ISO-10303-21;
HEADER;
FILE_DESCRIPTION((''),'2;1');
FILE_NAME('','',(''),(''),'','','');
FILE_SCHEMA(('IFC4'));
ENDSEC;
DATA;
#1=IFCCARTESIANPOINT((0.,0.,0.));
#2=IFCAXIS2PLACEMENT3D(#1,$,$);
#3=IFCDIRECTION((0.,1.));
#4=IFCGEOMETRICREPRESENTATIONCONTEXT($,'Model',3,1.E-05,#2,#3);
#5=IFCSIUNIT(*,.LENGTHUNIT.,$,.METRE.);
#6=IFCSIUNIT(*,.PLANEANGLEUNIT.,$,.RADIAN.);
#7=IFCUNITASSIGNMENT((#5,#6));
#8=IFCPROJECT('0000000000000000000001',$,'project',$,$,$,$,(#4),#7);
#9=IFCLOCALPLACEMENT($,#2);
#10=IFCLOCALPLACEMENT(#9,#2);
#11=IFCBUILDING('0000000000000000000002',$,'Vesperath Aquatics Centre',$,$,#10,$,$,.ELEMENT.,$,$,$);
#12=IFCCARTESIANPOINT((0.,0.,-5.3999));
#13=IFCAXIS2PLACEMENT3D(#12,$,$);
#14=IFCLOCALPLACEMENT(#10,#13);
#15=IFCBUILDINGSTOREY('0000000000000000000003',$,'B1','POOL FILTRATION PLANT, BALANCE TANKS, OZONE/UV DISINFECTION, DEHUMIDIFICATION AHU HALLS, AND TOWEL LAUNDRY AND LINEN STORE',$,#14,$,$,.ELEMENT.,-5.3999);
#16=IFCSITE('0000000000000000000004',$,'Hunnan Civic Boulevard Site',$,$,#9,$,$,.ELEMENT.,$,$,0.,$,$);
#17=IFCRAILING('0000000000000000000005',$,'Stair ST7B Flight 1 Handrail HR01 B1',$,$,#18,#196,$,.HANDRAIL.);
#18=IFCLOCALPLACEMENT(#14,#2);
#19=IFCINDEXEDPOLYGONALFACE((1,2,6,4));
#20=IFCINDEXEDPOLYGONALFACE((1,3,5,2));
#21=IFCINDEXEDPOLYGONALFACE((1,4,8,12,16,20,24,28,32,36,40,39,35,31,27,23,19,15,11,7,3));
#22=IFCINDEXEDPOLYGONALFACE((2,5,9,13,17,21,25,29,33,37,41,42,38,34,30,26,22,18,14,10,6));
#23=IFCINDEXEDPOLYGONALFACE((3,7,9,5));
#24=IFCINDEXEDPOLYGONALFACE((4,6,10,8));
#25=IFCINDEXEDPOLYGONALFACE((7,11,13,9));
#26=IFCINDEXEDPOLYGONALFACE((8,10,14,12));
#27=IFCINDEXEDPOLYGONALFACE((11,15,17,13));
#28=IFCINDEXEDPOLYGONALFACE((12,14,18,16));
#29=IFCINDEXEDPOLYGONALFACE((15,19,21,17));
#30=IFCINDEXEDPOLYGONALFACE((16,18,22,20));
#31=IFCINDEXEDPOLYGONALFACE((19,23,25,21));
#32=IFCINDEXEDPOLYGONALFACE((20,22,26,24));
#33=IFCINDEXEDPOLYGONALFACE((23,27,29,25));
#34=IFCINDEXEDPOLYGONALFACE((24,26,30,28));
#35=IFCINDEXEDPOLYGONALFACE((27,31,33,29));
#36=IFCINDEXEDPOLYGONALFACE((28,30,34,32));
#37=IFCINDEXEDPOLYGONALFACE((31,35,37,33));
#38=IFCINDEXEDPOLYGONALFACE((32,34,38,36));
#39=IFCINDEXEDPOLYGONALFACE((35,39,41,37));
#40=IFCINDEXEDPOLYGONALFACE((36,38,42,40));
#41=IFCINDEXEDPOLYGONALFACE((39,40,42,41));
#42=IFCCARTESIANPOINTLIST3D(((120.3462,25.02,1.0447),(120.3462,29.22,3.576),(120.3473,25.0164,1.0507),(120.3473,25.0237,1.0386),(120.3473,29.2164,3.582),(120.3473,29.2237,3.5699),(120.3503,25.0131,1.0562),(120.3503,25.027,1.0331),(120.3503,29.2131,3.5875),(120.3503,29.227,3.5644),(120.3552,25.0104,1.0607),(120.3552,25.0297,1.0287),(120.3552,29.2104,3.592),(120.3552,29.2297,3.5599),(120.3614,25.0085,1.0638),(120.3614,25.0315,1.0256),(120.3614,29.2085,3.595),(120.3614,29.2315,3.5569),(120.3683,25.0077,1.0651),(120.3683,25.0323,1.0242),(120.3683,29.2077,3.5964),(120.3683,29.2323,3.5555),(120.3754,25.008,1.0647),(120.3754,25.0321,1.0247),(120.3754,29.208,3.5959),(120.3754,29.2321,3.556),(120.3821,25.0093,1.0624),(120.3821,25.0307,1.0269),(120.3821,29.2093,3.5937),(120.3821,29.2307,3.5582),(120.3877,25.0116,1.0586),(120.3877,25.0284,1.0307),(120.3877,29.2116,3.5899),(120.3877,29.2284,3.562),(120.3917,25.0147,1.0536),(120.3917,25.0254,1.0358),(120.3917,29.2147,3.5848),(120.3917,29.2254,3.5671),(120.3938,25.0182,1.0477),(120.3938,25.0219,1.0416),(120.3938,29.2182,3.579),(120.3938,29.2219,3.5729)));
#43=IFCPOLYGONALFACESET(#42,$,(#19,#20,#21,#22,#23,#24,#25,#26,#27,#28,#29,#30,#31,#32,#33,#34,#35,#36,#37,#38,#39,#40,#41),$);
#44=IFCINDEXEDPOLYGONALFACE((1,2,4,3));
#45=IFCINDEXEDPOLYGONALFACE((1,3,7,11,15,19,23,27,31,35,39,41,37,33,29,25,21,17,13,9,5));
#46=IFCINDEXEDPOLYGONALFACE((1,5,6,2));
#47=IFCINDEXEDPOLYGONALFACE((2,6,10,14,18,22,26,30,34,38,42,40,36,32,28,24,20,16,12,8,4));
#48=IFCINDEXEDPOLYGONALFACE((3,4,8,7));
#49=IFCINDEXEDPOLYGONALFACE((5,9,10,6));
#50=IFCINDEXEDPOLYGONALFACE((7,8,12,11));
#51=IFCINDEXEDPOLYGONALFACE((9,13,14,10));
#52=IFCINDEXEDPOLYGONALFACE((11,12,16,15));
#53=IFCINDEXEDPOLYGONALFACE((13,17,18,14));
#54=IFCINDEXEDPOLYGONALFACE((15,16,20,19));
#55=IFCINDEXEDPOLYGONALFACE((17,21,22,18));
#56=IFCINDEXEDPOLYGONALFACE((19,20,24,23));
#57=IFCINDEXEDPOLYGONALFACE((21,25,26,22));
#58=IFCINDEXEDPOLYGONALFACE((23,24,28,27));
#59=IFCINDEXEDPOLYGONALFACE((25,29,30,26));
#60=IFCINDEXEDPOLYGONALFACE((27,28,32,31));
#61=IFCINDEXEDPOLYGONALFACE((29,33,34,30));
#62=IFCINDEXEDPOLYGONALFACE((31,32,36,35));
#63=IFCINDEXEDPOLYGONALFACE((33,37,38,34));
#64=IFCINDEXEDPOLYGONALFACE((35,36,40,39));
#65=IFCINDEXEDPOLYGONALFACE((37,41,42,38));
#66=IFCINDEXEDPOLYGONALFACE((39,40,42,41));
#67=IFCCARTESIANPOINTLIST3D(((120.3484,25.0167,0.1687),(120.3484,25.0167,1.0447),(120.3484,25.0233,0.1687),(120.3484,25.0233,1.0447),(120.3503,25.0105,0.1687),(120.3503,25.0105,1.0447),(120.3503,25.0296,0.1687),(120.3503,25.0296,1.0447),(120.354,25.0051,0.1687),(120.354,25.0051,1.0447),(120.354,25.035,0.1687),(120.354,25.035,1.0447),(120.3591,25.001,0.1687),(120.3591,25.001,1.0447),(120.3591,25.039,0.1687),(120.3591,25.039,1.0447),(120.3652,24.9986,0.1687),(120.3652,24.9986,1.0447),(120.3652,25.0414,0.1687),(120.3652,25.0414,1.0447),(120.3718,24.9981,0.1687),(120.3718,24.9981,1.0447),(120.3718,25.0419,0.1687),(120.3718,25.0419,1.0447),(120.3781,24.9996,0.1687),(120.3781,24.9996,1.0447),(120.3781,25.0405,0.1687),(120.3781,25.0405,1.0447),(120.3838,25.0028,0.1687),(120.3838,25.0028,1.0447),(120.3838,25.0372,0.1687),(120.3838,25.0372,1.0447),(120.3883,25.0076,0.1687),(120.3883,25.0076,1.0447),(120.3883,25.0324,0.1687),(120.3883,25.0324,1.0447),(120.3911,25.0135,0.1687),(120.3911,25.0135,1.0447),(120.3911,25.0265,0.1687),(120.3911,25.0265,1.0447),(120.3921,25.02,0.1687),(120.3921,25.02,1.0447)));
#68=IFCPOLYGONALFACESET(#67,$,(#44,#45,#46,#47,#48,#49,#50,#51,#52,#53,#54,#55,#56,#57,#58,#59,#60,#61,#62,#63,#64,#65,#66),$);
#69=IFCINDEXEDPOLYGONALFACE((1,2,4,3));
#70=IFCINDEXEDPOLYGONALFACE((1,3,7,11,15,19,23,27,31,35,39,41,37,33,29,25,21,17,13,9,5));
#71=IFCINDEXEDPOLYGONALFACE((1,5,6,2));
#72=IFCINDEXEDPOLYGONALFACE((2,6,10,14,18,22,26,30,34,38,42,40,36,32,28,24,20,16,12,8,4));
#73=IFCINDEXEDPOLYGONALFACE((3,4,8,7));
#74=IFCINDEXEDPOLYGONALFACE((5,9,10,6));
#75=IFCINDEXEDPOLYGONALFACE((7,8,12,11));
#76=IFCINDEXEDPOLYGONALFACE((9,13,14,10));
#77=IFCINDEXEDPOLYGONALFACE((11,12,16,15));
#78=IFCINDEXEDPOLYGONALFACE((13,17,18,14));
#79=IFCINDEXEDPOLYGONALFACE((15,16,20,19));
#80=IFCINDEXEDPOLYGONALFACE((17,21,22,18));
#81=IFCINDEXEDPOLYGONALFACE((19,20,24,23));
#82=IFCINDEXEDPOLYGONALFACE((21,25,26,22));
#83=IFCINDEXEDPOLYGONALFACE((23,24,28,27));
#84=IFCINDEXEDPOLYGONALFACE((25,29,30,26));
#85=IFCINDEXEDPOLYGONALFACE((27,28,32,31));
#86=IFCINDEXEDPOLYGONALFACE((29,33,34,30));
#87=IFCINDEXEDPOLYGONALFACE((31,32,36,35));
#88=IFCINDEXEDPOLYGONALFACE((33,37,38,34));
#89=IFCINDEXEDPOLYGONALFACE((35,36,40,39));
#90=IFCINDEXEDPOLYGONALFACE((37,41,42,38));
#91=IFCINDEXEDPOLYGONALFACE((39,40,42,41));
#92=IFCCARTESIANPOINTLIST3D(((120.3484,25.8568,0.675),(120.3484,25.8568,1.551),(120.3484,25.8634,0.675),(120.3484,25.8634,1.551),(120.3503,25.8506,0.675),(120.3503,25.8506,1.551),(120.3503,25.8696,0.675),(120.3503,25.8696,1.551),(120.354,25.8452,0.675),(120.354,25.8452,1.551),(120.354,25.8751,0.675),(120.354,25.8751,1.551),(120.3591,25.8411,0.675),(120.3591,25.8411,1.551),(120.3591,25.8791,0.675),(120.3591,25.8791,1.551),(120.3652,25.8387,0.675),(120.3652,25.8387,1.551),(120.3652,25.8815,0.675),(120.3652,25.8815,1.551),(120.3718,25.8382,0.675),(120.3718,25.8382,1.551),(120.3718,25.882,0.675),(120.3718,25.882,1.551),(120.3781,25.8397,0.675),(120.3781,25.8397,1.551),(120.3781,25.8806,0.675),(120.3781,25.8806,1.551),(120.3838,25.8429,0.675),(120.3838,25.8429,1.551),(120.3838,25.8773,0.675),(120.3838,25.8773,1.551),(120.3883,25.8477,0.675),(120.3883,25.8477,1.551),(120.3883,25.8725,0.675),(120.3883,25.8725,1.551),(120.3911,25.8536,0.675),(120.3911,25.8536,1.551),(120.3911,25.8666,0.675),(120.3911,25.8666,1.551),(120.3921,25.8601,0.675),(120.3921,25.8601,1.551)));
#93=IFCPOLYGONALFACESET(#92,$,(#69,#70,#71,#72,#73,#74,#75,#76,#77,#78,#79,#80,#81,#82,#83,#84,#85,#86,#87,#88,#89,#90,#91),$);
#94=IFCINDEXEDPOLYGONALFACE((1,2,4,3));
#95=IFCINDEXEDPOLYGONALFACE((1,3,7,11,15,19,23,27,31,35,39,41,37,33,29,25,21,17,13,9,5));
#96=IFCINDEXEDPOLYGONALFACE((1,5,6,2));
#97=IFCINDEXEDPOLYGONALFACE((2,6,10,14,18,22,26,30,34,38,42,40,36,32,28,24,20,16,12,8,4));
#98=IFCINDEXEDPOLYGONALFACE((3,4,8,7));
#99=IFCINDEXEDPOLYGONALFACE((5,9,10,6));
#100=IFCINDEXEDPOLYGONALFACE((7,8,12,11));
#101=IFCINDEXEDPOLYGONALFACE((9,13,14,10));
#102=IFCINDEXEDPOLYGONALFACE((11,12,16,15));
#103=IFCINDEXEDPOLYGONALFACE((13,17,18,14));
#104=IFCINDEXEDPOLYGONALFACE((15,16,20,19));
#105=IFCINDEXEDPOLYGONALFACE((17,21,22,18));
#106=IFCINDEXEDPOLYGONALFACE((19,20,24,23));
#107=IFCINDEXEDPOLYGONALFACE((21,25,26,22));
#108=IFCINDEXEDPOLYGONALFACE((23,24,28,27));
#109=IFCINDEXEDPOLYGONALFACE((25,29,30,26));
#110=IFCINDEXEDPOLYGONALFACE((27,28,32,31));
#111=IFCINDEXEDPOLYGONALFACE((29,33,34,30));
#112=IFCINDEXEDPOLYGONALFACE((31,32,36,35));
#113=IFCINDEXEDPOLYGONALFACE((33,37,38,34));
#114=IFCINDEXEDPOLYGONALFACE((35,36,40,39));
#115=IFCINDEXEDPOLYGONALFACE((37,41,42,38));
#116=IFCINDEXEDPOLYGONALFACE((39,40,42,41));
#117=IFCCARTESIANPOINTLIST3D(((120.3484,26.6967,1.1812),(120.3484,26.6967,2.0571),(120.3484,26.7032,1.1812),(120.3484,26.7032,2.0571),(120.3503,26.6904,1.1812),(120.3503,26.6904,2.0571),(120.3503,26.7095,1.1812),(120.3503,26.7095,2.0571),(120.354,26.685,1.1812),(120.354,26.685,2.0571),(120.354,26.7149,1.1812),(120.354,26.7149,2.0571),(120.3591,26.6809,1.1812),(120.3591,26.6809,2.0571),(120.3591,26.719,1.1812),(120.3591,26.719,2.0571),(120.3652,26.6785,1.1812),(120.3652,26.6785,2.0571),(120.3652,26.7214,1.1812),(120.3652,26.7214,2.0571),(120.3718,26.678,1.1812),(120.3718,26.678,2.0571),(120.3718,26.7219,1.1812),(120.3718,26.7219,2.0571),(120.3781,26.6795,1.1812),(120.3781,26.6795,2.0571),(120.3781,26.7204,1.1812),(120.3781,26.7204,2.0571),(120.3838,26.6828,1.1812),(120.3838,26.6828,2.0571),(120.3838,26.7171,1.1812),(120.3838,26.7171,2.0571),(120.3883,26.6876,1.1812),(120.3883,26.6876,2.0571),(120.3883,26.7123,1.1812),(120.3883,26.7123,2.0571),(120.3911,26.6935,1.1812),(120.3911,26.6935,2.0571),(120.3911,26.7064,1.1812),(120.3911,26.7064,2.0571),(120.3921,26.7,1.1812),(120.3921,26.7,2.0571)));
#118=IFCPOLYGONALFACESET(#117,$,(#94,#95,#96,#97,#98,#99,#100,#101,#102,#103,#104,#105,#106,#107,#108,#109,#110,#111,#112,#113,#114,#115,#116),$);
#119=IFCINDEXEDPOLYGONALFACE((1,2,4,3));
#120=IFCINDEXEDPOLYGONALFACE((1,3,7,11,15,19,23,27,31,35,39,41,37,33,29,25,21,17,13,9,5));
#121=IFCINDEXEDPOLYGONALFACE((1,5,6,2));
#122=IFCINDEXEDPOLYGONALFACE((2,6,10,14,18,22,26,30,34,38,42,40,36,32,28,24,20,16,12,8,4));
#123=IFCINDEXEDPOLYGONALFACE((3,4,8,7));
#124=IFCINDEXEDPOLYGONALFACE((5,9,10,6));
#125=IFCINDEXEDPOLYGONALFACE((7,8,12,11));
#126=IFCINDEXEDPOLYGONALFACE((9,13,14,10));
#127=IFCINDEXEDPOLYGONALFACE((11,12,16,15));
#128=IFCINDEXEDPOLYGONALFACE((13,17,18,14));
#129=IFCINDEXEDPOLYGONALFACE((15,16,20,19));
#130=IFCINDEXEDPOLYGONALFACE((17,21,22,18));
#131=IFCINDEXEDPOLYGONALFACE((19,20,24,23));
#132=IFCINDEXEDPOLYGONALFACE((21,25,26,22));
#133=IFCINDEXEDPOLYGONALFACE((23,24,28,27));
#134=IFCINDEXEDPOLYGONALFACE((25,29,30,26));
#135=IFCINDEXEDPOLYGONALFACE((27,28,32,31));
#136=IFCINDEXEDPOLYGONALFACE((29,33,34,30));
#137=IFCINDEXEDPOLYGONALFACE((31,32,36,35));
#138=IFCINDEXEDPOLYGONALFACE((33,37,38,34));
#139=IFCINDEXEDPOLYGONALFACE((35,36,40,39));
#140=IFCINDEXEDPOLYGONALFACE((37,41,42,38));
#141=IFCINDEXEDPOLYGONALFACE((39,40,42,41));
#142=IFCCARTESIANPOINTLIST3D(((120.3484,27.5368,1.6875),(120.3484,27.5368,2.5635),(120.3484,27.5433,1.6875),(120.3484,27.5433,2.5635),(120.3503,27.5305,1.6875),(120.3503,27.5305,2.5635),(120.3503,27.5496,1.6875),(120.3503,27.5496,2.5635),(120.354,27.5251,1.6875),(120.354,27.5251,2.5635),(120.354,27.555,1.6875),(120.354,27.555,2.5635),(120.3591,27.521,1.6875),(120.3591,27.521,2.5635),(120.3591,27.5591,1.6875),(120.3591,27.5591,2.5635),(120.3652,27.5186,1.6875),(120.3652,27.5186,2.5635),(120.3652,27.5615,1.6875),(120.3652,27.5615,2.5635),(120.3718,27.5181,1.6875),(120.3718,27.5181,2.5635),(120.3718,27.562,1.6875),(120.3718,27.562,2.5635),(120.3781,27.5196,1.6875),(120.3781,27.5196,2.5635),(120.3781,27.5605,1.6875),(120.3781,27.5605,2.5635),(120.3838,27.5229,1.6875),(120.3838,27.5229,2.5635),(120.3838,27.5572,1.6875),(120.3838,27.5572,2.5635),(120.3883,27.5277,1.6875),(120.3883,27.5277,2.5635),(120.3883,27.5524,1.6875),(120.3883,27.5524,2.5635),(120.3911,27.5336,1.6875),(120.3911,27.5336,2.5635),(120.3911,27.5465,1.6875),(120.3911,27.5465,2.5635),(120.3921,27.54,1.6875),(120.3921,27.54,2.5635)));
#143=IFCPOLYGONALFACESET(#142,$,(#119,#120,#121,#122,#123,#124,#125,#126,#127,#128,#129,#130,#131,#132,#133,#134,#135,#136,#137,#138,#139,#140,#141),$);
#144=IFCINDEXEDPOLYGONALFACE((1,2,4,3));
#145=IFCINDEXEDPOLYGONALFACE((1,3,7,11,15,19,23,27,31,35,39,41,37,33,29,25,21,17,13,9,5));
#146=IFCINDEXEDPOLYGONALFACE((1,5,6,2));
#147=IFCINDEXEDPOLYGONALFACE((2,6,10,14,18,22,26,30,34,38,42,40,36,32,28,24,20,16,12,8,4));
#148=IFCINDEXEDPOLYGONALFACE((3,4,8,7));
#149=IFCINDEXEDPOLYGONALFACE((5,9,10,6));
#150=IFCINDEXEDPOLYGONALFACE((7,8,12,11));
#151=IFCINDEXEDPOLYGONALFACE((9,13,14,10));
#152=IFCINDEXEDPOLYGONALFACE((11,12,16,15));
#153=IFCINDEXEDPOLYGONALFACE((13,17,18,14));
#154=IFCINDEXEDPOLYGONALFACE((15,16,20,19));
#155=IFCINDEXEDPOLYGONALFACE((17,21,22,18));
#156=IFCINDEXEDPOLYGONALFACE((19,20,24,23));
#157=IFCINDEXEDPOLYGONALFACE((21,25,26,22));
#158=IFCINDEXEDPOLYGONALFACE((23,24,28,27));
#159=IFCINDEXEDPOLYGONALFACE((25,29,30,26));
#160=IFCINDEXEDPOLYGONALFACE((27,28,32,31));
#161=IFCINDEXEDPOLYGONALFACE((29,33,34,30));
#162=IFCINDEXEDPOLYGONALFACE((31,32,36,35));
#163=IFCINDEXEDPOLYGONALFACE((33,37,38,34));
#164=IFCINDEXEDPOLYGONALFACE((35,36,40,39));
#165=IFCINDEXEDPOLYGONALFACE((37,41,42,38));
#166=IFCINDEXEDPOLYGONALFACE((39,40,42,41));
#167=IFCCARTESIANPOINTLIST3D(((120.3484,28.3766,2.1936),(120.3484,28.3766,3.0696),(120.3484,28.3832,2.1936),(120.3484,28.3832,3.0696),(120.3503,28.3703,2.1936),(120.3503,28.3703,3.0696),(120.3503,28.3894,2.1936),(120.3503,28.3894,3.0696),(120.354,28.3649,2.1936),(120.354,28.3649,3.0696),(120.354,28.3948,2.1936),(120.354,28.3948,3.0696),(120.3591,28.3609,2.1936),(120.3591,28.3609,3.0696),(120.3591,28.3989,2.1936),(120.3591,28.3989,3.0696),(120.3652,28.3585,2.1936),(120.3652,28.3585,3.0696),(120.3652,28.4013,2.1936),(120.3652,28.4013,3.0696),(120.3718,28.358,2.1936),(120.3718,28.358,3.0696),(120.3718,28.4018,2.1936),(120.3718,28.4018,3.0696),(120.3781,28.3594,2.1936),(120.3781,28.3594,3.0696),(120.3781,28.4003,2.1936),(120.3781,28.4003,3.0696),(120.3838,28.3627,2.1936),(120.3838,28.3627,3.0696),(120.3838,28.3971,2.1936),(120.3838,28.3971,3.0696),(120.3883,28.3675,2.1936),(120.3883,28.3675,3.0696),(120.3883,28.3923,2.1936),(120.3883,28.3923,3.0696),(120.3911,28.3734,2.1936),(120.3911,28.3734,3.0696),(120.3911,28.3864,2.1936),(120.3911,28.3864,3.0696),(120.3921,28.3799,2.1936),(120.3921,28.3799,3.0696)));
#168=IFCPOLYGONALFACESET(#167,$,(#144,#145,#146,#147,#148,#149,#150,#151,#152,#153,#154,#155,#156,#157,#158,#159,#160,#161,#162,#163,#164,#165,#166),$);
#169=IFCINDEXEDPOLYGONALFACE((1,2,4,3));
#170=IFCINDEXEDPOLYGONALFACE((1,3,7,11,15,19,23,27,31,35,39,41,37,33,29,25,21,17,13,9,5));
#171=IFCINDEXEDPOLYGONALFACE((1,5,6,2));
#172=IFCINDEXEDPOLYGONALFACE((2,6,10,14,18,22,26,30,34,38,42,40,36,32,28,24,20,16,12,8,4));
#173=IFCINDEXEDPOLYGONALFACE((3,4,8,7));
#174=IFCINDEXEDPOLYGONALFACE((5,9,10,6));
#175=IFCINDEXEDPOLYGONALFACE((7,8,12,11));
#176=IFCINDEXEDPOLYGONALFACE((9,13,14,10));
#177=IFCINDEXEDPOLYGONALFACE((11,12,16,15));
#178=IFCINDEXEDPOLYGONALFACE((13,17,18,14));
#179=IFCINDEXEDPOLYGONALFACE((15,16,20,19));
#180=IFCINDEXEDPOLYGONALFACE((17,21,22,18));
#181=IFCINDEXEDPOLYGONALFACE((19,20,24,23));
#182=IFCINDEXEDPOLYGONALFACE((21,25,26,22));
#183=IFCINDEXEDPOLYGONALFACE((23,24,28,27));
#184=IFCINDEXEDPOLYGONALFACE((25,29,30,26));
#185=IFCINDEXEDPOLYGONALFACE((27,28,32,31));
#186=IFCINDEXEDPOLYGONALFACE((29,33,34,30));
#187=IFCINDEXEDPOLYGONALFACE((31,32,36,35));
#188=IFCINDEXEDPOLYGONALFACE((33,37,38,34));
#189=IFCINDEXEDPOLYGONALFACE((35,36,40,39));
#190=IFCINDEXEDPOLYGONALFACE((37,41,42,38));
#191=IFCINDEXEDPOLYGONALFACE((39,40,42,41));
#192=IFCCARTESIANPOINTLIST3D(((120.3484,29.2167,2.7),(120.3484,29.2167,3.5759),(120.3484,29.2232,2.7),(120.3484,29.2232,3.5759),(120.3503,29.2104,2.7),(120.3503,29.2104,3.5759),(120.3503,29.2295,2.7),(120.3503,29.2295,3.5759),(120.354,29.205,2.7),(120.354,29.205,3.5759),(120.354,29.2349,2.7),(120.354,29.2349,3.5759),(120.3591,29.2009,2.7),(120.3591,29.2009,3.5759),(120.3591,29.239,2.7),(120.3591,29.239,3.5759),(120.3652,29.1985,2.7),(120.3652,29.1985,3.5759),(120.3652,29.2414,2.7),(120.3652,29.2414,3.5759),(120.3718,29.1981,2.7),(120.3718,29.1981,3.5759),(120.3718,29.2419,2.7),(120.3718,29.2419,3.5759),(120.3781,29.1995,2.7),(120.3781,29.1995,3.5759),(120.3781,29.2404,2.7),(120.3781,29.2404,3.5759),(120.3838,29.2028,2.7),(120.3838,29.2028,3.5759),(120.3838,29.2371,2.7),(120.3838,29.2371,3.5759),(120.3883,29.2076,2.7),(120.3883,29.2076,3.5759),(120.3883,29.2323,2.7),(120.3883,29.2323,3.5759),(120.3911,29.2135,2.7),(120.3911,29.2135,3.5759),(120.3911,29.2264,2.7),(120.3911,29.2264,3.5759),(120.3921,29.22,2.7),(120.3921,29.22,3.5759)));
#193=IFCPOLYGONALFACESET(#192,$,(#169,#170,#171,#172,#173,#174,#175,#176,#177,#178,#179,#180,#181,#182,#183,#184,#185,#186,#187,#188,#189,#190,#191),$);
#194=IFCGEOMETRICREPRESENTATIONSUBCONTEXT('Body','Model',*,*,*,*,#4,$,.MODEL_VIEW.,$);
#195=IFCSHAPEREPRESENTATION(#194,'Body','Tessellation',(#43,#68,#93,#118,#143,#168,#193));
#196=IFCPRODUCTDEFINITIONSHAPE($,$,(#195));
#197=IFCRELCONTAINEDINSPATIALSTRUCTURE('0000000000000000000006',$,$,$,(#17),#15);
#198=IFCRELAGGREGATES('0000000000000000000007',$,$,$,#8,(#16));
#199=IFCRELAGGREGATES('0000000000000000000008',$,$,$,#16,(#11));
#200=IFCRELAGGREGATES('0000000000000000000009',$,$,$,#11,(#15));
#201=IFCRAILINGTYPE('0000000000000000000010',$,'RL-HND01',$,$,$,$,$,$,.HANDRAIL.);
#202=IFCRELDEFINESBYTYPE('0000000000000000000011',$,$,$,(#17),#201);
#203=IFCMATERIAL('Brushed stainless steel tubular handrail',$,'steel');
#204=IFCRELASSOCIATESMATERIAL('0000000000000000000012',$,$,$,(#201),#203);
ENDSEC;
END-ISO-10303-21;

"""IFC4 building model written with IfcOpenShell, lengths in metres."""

from ifc_helpers import new_model, si_unit, direction, frame, origin, origin_2d, place, context, subcontext, project, spatial, circle, extrude, material, type_object, element, save


model = new_model("IFC4")

# Units and contexts
model_context = context("Model", 3, precision=1e-05, world=origin(), true_north=direction((0.0, 1.0)))
body_context = subcontext(model_context, "Body", "Model", "MODEL_VIEW")
ifc_project = project(units=[si_unit("LENGTHUNIT", "METRE"), si_unit("PLANEANGLEUNIT", "RADIAN")], contexts=[model_context])

# Site, building, storey
site_placement = place(None, origin())
site = spatial("IfcSite", under=ifc_project, at=site_placement, Name="Hunnan Civic Boulevard Site", CompositionType="ELEMENT", RefElevation=0.0)
building_placement = place(site_placement, origin())
building = spatial("IfcBuilding", under=site, at=building_placement, Name="Vesperath Aquatics Centre", CompositionType="ELEMENT")
storey_placement = place(building_placement, frame((0.0, 0.0, -5.3999)))
storey = spatial("IfcBuildingStorey", under=building, at=storey_placement, Name="B1", Description="POOL FILTRATION PLANT, BALANCE TANKS, OZONE/UV DISINFECTION, DEHUMIDIFICATION AHU HALLS, AND TOWEL LAUNDRY AND LINEN STORE", CompositionType="ELEMENT", Elevation=-5.3999)

# Railing
ifc_material_1 = material(Name="Brushed stainless steel tubular handrail", Category="steel")
railing_type_1 = type_object("IfcRailingType", Name="RL-HND01", PredefinedType="HANDRAIL", material=ifc_material_1)
railing_1_placement = place(storey_placement, frame((120.3701, 25.02, 0.1687)))
element("IfcRailing", 1, at=railing_1_placement, inside=storey, type_object=railing_type_1, Name="Stair ST7B Flight 1 Handrail HR01 B1", PredefinedType="HANDRAIL", context=body_context, shape_type="SweptSolid", body=[
    extrude(circle(Radius=0.0239, at=origin_2d()), frame((0.0, 0.0, 0.876), z_axis=(0.0, 0.856476, 0.516186), x_axis=(-1.0, 0.0, 0.0)), (0.0, 0.0, 1.0), 4.9038),
    extrude(circle(Radius=0.022, at=origin_2d()), origin(), (0.0, 0.0, 1.0), 0.876),
    extrude(circle(Radius=0.022, at=origin_2d()), frame((0.0, 0.8401, 0.5063)), (0.0, 0.0, 1.0), 0.876),
    extrude(circle(Radius=0.022, at=origin_2d()), frame((0.0, 1.6799, 1.0125)), (0.0, 0.0, 1.0), 0.876),
    extrude(circle(Radius=0.022, at=origin_2d()), frame((0.0, 2.52, 1.5188)), (0.0, 0.0, 1.0), 0.876),
    extrude(circle(Radius=0.022, at=origin_2d()), frame((0.0, 3.3599, 2.0249)), (0.0, 0.0, 1.0), 0.876),
    extrude(circle(Radius=0.022, at=origin_2d()), frame((0.0, 4.2, 2.5312)), (0.0, 0.0, 1.0), 0.876),
])

save(model, "model.ifc")
